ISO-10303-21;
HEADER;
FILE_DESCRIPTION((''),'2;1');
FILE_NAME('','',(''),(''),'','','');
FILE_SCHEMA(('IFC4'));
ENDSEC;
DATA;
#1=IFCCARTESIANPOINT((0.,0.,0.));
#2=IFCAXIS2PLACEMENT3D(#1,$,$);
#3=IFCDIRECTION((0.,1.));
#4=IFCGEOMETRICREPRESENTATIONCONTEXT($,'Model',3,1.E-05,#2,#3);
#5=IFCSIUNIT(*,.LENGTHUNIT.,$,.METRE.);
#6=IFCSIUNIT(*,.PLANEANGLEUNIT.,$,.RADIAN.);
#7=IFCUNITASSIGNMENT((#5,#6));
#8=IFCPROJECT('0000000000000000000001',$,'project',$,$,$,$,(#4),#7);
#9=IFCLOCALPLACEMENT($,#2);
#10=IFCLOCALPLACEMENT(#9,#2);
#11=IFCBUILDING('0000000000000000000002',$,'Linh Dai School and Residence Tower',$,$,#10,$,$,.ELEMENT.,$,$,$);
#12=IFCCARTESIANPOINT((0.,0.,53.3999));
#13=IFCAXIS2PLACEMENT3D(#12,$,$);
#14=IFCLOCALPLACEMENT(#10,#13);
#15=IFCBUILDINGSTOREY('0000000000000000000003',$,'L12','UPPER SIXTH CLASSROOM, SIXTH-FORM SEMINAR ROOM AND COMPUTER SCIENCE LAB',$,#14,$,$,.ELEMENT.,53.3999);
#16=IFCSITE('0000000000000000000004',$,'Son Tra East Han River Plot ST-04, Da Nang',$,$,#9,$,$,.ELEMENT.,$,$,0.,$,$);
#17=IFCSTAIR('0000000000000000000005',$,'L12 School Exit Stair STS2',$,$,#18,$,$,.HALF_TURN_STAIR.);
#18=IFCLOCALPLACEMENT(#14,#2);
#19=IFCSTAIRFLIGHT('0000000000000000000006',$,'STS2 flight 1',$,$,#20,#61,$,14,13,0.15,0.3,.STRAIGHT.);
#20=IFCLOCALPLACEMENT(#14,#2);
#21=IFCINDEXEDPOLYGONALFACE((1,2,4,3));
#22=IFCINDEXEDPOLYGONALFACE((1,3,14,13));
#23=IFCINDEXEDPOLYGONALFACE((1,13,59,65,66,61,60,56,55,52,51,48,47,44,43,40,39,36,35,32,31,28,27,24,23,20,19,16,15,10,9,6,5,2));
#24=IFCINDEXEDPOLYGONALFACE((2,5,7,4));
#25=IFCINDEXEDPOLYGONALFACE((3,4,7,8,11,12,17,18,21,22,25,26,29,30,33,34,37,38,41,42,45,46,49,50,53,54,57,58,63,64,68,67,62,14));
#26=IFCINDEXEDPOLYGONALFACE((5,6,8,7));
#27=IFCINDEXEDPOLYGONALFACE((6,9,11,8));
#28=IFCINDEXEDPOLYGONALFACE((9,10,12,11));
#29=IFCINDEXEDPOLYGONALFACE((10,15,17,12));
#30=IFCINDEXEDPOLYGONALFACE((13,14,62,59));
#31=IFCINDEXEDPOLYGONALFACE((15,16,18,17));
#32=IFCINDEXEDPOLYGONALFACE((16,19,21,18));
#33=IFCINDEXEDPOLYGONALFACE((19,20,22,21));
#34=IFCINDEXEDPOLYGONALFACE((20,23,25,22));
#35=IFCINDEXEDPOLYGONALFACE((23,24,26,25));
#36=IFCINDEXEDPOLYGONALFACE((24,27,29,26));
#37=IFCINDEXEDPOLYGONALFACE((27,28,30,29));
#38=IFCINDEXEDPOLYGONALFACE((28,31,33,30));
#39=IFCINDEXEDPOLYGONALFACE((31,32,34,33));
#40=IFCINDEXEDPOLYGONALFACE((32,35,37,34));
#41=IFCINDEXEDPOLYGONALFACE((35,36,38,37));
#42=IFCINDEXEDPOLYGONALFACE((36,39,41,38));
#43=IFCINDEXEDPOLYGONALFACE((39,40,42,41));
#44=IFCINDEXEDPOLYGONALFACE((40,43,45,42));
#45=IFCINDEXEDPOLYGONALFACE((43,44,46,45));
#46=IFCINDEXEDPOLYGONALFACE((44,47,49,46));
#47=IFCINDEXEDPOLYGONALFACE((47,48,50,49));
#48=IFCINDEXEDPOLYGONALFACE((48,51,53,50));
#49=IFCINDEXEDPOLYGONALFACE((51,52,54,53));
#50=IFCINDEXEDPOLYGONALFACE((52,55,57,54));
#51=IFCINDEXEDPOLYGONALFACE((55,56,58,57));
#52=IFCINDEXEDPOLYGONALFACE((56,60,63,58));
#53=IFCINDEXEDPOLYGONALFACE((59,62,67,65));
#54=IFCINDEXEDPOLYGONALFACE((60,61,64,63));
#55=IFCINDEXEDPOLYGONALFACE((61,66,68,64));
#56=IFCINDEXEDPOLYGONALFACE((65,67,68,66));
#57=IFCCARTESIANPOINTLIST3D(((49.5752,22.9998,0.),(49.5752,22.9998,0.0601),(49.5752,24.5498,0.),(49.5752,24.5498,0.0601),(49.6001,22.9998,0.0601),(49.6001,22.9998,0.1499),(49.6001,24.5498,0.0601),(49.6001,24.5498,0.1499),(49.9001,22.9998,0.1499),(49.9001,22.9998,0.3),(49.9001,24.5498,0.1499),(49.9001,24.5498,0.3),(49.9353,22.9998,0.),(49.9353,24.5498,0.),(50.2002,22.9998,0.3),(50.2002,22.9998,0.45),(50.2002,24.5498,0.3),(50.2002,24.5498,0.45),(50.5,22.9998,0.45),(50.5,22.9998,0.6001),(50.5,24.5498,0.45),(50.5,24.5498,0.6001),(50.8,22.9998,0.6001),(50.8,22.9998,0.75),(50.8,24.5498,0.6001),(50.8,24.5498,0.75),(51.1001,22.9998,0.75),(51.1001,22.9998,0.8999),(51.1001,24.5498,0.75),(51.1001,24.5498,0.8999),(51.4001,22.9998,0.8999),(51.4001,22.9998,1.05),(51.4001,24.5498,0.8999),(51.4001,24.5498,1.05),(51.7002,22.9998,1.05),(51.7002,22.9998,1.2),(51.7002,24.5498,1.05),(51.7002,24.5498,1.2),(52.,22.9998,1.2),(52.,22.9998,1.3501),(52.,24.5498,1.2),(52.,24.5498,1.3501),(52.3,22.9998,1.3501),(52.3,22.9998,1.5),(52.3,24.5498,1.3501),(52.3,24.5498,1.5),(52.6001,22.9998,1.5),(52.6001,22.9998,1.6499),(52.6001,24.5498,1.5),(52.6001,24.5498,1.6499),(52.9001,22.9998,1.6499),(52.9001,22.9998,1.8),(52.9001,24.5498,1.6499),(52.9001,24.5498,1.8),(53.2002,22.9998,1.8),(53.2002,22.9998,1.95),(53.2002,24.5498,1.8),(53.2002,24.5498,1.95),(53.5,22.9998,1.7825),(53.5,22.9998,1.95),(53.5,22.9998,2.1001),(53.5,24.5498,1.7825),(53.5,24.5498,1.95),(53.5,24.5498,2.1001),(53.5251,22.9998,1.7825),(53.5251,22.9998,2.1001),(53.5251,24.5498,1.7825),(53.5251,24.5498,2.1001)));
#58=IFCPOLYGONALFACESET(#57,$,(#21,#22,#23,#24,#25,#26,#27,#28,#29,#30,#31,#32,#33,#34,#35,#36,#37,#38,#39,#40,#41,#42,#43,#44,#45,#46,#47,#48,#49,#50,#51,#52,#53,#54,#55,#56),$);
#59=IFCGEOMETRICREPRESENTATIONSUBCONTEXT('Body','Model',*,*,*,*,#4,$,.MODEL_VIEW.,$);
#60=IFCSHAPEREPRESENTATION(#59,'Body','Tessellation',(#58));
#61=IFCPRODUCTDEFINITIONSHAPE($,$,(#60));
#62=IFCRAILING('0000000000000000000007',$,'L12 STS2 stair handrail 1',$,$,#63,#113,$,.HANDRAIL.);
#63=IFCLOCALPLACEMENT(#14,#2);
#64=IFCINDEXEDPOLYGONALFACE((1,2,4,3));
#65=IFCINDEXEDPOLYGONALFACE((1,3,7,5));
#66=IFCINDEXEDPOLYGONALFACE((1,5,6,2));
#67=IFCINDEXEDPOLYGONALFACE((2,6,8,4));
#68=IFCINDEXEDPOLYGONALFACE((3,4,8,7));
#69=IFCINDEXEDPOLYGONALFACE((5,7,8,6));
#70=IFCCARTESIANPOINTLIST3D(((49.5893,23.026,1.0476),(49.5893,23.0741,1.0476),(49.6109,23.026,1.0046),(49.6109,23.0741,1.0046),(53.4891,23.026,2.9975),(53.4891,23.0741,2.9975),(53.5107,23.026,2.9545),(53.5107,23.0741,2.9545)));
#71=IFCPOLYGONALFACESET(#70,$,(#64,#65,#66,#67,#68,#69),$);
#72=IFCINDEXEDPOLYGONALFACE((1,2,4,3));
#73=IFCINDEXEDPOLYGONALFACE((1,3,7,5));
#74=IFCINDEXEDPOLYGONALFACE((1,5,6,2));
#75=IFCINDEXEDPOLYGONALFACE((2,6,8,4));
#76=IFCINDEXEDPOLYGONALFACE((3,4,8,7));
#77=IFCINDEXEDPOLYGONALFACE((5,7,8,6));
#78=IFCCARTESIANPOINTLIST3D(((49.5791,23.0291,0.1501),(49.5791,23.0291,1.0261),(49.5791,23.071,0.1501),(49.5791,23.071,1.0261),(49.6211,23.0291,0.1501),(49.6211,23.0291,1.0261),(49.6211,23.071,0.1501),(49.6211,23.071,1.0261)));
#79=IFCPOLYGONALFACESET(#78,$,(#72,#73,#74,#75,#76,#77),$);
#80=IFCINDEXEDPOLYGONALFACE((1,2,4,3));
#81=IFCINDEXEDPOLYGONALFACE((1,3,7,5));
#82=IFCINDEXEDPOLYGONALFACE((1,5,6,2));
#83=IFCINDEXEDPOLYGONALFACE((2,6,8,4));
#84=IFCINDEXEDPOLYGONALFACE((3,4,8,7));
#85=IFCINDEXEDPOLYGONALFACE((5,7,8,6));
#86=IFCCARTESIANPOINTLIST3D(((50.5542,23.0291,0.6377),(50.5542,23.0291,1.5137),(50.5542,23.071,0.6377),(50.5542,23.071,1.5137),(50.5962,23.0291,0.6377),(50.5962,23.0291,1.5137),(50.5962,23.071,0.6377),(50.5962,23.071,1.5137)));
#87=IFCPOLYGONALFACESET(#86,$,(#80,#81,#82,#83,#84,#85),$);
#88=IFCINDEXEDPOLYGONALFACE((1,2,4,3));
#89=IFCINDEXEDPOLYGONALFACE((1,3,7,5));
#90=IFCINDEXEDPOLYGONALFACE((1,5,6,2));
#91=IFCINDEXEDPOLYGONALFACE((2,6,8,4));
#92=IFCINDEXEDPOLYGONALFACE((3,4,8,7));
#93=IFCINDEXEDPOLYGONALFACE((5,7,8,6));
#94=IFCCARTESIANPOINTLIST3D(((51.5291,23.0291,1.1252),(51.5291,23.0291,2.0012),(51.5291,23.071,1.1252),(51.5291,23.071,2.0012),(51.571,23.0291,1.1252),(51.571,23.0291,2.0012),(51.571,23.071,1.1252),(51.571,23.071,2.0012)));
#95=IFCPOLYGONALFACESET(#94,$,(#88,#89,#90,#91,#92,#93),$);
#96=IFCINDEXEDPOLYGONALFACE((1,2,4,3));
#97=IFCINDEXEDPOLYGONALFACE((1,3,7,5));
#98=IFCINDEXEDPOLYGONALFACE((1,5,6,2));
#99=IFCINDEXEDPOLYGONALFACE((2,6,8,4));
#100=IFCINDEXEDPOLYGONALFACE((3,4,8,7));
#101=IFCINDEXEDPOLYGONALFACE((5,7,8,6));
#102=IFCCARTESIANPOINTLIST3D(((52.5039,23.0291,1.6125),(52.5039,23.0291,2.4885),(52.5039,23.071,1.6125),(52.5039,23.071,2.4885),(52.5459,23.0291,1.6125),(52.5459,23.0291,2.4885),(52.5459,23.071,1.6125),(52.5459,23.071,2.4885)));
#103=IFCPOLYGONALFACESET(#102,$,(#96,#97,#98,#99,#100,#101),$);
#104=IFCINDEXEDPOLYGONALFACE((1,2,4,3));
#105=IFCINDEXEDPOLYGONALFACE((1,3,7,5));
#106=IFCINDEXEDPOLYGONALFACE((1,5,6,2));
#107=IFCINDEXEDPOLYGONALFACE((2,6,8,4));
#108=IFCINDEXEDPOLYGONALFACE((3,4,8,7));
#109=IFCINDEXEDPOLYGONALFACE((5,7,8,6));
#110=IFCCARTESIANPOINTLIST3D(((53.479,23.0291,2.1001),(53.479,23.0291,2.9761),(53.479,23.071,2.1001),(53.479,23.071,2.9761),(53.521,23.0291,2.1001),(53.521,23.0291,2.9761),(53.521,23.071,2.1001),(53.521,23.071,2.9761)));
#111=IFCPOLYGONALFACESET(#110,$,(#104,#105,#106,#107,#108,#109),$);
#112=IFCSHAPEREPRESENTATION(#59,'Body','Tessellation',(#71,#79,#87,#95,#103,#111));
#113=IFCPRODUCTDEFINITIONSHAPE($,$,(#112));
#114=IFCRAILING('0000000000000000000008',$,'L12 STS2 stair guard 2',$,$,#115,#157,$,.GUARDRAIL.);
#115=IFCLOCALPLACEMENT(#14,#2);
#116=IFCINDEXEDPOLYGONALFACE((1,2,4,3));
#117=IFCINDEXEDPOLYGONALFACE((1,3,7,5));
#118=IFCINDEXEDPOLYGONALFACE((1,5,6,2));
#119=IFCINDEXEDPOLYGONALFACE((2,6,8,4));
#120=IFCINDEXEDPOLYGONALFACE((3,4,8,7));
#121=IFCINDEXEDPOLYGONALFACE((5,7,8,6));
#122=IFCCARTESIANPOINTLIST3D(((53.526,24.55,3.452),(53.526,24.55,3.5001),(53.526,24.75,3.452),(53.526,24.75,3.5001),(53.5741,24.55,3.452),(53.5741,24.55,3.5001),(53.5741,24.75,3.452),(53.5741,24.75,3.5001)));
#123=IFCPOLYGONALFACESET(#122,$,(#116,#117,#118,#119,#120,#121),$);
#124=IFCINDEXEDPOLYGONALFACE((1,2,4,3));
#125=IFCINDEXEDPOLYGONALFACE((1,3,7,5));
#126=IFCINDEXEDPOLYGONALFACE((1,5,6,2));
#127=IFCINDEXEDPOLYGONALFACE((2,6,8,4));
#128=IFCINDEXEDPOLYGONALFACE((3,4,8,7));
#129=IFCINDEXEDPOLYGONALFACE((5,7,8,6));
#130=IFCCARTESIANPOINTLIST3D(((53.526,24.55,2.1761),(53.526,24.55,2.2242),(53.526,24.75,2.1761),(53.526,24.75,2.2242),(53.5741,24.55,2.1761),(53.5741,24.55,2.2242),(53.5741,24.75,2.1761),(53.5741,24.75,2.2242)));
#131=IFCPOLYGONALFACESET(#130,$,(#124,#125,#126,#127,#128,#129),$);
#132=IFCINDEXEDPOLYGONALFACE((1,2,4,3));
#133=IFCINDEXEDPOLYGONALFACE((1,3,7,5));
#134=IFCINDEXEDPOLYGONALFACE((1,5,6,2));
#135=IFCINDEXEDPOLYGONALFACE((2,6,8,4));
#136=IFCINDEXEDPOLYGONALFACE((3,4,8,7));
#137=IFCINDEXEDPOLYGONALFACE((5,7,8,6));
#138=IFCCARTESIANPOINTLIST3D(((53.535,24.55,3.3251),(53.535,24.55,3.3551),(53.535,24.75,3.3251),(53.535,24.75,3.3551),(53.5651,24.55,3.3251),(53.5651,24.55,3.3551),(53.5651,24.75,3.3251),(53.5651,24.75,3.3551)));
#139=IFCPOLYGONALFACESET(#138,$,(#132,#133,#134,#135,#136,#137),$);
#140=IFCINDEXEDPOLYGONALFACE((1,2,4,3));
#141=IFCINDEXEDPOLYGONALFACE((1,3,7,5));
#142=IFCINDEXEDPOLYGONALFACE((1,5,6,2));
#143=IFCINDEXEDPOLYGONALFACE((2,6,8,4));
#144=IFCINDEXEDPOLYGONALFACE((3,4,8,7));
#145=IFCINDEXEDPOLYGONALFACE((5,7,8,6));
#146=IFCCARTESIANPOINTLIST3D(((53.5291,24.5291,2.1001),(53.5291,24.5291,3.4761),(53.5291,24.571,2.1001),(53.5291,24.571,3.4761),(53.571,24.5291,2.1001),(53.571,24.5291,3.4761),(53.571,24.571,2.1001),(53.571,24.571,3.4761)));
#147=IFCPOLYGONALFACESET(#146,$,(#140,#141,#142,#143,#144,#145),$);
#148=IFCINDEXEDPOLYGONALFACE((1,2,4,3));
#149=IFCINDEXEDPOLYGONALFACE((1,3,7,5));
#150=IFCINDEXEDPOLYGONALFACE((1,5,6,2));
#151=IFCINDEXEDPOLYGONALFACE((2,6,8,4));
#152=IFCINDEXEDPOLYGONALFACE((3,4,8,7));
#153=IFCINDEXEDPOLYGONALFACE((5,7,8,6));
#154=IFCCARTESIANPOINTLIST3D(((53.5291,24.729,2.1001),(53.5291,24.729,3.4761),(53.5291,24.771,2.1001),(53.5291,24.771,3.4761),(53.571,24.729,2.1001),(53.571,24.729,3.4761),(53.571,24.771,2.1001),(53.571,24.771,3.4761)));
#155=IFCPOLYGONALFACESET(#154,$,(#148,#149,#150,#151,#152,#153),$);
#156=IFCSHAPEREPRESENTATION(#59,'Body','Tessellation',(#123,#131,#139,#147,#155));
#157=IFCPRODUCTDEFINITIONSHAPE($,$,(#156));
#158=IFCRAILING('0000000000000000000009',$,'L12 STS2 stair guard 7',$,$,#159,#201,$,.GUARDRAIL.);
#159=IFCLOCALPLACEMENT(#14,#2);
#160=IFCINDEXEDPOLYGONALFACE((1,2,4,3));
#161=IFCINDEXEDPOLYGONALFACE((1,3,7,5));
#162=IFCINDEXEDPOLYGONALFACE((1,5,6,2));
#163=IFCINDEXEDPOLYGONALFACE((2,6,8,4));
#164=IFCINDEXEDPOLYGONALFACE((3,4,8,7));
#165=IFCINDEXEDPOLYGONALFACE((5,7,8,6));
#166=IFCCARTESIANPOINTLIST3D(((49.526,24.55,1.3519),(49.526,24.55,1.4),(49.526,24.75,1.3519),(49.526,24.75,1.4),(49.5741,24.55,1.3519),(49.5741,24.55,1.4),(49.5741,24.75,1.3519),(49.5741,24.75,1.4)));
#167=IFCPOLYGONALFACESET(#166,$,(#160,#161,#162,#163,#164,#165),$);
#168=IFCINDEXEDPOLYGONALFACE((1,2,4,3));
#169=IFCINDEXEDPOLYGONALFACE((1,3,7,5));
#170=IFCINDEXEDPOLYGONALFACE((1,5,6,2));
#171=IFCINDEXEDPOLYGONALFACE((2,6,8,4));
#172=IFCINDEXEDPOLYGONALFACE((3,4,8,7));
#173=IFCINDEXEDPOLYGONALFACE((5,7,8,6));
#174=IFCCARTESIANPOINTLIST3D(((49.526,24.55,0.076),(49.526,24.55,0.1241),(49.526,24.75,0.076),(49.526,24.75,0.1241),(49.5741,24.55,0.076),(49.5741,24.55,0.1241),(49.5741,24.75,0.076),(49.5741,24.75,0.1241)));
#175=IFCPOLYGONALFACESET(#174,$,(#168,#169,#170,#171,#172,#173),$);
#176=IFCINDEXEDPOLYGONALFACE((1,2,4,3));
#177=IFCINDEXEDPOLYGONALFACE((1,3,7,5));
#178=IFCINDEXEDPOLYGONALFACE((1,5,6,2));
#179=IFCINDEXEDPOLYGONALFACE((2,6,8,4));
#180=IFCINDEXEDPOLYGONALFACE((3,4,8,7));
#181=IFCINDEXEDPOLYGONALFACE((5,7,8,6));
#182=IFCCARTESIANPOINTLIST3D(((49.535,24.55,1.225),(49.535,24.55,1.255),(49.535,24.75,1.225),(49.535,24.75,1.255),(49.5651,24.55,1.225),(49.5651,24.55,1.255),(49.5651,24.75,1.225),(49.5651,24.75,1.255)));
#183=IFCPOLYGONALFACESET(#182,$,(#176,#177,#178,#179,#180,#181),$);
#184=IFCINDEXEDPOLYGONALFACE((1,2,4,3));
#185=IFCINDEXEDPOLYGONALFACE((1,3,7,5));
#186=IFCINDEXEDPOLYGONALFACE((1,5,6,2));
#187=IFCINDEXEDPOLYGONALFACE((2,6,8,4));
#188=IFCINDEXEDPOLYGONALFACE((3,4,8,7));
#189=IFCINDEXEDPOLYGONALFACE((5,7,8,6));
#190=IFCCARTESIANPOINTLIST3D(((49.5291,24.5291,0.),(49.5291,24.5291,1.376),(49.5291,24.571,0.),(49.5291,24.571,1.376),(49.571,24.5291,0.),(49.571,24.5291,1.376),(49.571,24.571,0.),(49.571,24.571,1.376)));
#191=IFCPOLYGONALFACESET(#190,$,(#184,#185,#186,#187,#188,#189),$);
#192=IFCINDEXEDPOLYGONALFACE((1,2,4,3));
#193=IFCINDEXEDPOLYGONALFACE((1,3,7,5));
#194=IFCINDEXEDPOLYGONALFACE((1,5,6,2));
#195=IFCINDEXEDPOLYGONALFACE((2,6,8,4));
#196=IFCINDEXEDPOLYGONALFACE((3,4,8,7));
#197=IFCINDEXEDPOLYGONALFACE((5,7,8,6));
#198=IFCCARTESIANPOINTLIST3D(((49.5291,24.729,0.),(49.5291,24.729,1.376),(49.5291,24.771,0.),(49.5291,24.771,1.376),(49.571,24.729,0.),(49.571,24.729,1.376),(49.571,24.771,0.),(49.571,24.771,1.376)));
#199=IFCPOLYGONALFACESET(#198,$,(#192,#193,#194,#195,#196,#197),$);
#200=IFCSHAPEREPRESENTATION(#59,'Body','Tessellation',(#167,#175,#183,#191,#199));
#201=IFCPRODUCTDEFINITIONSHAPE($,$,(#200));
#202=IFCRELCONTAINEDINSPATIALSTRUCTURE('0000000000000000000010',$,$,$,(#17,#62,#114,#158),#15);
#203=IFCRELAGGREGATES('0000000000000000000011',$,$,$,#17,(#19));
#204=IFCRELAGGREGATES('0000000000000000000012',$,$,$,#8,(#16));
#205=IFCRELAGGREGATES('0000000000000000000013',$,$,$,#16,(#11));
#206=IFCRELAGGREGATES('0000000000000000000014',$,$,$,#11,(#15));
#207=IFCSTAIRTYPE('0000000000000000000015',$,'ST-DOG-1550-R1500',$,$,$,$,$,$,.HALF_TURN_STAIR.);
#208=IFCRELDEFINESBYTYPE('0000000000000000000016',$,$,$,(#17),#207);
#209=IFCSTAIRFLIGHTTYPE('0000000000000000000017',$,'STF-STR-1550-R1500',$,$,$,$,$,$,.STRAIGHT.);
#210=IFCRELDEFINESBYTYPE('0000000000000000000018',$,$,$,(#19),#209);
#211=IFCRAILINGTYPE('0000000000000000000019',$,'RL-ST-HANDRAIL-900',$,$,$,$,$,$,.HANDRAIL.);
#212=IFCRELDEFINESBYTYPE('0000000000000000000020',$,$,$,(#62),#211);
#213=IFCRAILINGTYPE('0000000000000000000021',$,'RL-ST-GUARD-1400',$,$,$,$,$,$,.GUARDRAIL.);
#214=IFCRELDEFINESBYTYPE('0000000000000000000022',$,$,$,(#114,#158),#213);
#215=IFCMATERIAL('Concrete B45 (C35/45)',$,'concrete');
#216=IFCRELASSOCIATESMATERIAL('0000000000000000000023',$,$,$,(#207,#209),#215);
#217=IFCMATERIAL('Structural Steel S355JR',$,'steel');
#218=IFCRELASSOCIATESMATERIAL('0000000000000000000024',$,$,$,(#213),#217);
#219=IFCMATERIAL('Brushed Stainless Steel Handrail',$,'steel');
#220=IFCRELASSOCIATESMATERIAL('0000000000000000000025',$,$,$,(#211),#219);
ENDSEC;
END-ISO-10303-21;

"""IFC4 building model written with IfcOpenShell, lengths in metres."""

from ifc_helpers import new_model, si_unit, direction, frame, origin, origin_2d, place, context, subcontext, project, spatial, polyline, rectangle, outline, extrude, source, transform, mapped, material, type_object, element, aggregate, save


model = new_model("IFC4")

# Units and contexts
model_context = context("Model", 3, precision=1e-05, world=origin(), true_north=direction((0.0, 1.0)))
body_context = subcontext(model_context, "Body", "Model", "MODEL_VIEW")
ifc_project = project(units=[si_unit("LENGTHUNIT", "METRE"), si_unit("PLANEANGLEUNIT", "RADIAN")], contexts=[model_context])

# Site, building, storey
site_placement = place(None, origin())
site = spatial("IfcSite", under=ifc_project, at=site_placement, Name="Son Tra East Han River Plot ST-04, Da Nang", CompositionType="ELEMENT", RefElevation=0.0)
building_placement = place(site_placement, origin())
building = spatial("IfcBuilding", under=site, at=building_placement, Name="Linh Dai School and Residence Tower", CompositionType="ELEMENT")
storey_placement = place(building_placement, frame((0.0, 0.0, 53.3999)))
storey = spatial("IfcBuildingStorey", under=building, at=storey_placement, Name="L12", Description="UPPER SIXTH CLASSROOM, SIXTH-FORM SEMINAR ROOM AND COMPUTER SCIENCE LAB", CompositionType="ELEMENT", Elevation=53.3999)

# Shared definitions
ifc_material_1 = material(Name="Structural Steel S355JR", Category="steel")

# Shared definitions
ifc_material_2 = material(Name="Concrete B45 (C35/45)", Category="concrete")

# Stair, stair flight
stair_type = type_object("IfcStairType", Name="ST-DOG-1550-R1500", PredefinedType="HALF_TURN_STAIR", material=ifc_material_2)
stair_placement = place(storey_placement, origin())
stair = element("IfcStair", 1, at=stair_placement, inside=storey, type_object=stair_type, Name="L12 School Exit Stair STS2", PredefinedType="HALF_TURN_STAIR")
stair_flight_type = type_object("IfcStairFlightType", Name="STF-STR-1550-R1500", PredefinedType="STRAIGHT", material=ifc_material_2)
shared_shape_1 = source(origin(), body_context, "Body", "SweptSolid", [
    extrude(outline(polyline([(-0.0249, 0.0), (-0.0249, 0.0601), (0.0, 0.0601), (0.0, 0.1499), (0.3, 0.1499), (0.3, 0.3), (0.6001, 0.3), (0.6001, 0.45), (0.8999, 0.45), (0.8999, 0.6001), (1.2, 0.6001), (1.2, 0.75), (1.5, 0.75), (1.5, 0.8999), (1.8, 0.8999), (1.8, 1.05), (2.1001, 1.05), (2.1001, 1.2), (2.3999, 1.2), (2.3999, 1.3501), (2.7, 1.3501), (2.7, 1.5), (3.0, 1.5), (3.0, 1.6499), (3.3, 1.6499), (3.3, 1.8), (3.6001, 1.8), (3.6001, 1.95), (3.8999, 1.95), (3.8999, 2.1001), (3.925, 2.1001), (3.925, 1.7825), (3.8999, 1.7825), (0.3352, 0.0), (-0.0249, 0.0)])), frame((0.0, 0.7749, 0.0), z_axis=(0.0, -1.0, 0.0), x_axis=(1.0, 0.0, 0.0)), (0.0, 0.0, 1.0), 1.55),
])
stair_flight_placement = place(storey_placement, frame((49.6001, 23.7749, 0.0), z_axis=(0.0, 0.0, 1.0), x_axis=(1.0, 0.0, 0.0)))
stair_flight = element("IfcStairFlight", 2, at=stair_flight_placement, type_object=stair_flight_type, Name="STS2 flight 1", NumberOfRisers=14, NumberOfTreads=13, PredefinedType="STRAIGHT", RiserHeight=0.15, TreadLength=0.3, context=body_context, shape_type="MappedRepresentation", body=[
    mapped(shared_shape_1, transform((0.0, 0.0, 0.0), x_axis=(1.0, 0.0, 0.0), y_axis=(0.0, 1.0, 0.0), z_axis=(0.0, 0.0, 1.0), scale=1.0)),
])
aggregate(stair, [stair_flight])

# Railings
railing_type_1 = type_object("IfcRailingType", Name="RL-ST-GUARD-1400", PredefinedType="GUARDRAIL", material=ifc_material_1)
ifc_material_3 = material(Name="Brushed Stainless Steel Handrail", Category="steel")
railing_type_2 = type_object("IfcRailingType", Name="RL-ST-HANDRAIL-900", PredefinedType="HANDRAIL", material=ifc_material_3)
shared_shape_2 = source(origin(), body_context, "Body", "SweptSolid", [
    extrude(rectangle(XDim=0.0481, YDim=0.0481, at=origin_2d()), frame((0.0, 0.0, 0.876), z_axis=(0.894427, 0.0, 0.447214), x_axis=(0.0, 1.0, 0.0)), (0.0, 0.0, 1.0), 4.3601),
    extrude(rectangle(XDim=0.042, YDim=0.042, at=origin_2d()), origin(), (0.0, 0.0, 1.0), 0.876),
    extrude(rectangle(XDim=0.042, YDim=0.042, at=origin_2d()), frame((0.9751, 0.0, 0.4875)), (0.0, 0.0, 1.0), 0.876),
    extrude(rectangle(XDim=0.042, YDim=0.042, at=origin_2d()), frame((1.95, 0.0, 0.9751)), (0.0, 0.0, 1.0), 0.876),
    extrude(rectangle(XDim=0.042, YDim=0.042, at=origin_2d()), frame((2.9248, 0.0, 1.4624)), (0.0, 0.0, 1.0), 0.876),
    extrude(rectangle(XDim=0.042, YDim=0.042, at=origin_2d()), frame((3.8999, 0.0, 1.95)), (0.0, 0.0, 1.0), 0.876),
])
railing_1_placement = place(storey_placement, frame((49.6001, 23.05, 0.1501)))
element("IfcRailing", 3, at=railing_1_placement, inside=storey, type_object=railing_type_2, Name="L12 STS2 stair handrail 1", PredefinedType="HANDRAIL", context=body_context, shape_type="MappedRepresentation", body=[
    mapped(shared_shape_2, transform((0.0, 0.0, 0.0), x_axis=(1.0, 0.0, 0.0), y_axis=(0.0, 1.0, 0.0), z_axis=(0.0, 0.0, 1.0), scale=1.0)),
])
shared_shape_3 = source(origin(), body_context, "Body", "SweptSolid", [
    extrude(rectangle(XDim=0.0481, YDim=0.0481, at=origin_2d()), frame((0.0, 0.0, 1.376), z_axis=(0.0, 1.0, 0.0), x_axis=(-1.0, 0.0, 0.0)), (0.0, 0.0, 1.0), 0.2),
    extrude(rectangle(XDim=0.0481, YDim=0.0481, at=origin_2d()), frame((0.0, 0.0, 0.1001), z_axis=(0.0, 1.0, 0.0), x_axis=(-1.0, 0.0, 0.0)), (0.0, 0.0, 1.0), 0.2),
    extrude(rectangle(XDim=0.03, YDim=0.03, at=origin_2d()), frame((0.0, 0.0, 1.24), z_axis=(0.0, 1.0, 0.0), x_axis=(-1.0, 0.0, 0.0)), (0.0, 0.0, 1.0), 0.2),
    extrude(rectangle(XDim=0.042, YDim=0.042, at=origin_2d()), origin(), (0.0, 0.0, 1.0), 1.376),
    extrude(rectangle(XDim=0.042, YDim=0.042, at=origin_2d()), frame((0.0, 0.2, 0.0)), (0.0, 0.0, 1.0), 1.376),
])
for number, where, name in (
    (4, (53.55, 24.55, 2.1001), "L12 STS2 stair guard 2"),
    (5, (49.55, 24.55, 0.0), "L12 STS2 stair guard 7"),
):
    element("IfcRailing", number, at=place(storey_placement, frame(where)), inside=storey, type_object=railing_type_1, Name=name, PredefinedType="GUARDRAIL", context=body_context, shape_type="MappedRepresentation", body=[
        mapped(shared_shape_3, transform((0.0, 0.0, 0.0), x_axis=(1.0, 0.0, 0.0), y_axis=(0.0, 1.0, 0.0), z_axis=(0.0, 0.0, 1.0), scale=1.0)),
    ])

save(model, "model.ifc")
